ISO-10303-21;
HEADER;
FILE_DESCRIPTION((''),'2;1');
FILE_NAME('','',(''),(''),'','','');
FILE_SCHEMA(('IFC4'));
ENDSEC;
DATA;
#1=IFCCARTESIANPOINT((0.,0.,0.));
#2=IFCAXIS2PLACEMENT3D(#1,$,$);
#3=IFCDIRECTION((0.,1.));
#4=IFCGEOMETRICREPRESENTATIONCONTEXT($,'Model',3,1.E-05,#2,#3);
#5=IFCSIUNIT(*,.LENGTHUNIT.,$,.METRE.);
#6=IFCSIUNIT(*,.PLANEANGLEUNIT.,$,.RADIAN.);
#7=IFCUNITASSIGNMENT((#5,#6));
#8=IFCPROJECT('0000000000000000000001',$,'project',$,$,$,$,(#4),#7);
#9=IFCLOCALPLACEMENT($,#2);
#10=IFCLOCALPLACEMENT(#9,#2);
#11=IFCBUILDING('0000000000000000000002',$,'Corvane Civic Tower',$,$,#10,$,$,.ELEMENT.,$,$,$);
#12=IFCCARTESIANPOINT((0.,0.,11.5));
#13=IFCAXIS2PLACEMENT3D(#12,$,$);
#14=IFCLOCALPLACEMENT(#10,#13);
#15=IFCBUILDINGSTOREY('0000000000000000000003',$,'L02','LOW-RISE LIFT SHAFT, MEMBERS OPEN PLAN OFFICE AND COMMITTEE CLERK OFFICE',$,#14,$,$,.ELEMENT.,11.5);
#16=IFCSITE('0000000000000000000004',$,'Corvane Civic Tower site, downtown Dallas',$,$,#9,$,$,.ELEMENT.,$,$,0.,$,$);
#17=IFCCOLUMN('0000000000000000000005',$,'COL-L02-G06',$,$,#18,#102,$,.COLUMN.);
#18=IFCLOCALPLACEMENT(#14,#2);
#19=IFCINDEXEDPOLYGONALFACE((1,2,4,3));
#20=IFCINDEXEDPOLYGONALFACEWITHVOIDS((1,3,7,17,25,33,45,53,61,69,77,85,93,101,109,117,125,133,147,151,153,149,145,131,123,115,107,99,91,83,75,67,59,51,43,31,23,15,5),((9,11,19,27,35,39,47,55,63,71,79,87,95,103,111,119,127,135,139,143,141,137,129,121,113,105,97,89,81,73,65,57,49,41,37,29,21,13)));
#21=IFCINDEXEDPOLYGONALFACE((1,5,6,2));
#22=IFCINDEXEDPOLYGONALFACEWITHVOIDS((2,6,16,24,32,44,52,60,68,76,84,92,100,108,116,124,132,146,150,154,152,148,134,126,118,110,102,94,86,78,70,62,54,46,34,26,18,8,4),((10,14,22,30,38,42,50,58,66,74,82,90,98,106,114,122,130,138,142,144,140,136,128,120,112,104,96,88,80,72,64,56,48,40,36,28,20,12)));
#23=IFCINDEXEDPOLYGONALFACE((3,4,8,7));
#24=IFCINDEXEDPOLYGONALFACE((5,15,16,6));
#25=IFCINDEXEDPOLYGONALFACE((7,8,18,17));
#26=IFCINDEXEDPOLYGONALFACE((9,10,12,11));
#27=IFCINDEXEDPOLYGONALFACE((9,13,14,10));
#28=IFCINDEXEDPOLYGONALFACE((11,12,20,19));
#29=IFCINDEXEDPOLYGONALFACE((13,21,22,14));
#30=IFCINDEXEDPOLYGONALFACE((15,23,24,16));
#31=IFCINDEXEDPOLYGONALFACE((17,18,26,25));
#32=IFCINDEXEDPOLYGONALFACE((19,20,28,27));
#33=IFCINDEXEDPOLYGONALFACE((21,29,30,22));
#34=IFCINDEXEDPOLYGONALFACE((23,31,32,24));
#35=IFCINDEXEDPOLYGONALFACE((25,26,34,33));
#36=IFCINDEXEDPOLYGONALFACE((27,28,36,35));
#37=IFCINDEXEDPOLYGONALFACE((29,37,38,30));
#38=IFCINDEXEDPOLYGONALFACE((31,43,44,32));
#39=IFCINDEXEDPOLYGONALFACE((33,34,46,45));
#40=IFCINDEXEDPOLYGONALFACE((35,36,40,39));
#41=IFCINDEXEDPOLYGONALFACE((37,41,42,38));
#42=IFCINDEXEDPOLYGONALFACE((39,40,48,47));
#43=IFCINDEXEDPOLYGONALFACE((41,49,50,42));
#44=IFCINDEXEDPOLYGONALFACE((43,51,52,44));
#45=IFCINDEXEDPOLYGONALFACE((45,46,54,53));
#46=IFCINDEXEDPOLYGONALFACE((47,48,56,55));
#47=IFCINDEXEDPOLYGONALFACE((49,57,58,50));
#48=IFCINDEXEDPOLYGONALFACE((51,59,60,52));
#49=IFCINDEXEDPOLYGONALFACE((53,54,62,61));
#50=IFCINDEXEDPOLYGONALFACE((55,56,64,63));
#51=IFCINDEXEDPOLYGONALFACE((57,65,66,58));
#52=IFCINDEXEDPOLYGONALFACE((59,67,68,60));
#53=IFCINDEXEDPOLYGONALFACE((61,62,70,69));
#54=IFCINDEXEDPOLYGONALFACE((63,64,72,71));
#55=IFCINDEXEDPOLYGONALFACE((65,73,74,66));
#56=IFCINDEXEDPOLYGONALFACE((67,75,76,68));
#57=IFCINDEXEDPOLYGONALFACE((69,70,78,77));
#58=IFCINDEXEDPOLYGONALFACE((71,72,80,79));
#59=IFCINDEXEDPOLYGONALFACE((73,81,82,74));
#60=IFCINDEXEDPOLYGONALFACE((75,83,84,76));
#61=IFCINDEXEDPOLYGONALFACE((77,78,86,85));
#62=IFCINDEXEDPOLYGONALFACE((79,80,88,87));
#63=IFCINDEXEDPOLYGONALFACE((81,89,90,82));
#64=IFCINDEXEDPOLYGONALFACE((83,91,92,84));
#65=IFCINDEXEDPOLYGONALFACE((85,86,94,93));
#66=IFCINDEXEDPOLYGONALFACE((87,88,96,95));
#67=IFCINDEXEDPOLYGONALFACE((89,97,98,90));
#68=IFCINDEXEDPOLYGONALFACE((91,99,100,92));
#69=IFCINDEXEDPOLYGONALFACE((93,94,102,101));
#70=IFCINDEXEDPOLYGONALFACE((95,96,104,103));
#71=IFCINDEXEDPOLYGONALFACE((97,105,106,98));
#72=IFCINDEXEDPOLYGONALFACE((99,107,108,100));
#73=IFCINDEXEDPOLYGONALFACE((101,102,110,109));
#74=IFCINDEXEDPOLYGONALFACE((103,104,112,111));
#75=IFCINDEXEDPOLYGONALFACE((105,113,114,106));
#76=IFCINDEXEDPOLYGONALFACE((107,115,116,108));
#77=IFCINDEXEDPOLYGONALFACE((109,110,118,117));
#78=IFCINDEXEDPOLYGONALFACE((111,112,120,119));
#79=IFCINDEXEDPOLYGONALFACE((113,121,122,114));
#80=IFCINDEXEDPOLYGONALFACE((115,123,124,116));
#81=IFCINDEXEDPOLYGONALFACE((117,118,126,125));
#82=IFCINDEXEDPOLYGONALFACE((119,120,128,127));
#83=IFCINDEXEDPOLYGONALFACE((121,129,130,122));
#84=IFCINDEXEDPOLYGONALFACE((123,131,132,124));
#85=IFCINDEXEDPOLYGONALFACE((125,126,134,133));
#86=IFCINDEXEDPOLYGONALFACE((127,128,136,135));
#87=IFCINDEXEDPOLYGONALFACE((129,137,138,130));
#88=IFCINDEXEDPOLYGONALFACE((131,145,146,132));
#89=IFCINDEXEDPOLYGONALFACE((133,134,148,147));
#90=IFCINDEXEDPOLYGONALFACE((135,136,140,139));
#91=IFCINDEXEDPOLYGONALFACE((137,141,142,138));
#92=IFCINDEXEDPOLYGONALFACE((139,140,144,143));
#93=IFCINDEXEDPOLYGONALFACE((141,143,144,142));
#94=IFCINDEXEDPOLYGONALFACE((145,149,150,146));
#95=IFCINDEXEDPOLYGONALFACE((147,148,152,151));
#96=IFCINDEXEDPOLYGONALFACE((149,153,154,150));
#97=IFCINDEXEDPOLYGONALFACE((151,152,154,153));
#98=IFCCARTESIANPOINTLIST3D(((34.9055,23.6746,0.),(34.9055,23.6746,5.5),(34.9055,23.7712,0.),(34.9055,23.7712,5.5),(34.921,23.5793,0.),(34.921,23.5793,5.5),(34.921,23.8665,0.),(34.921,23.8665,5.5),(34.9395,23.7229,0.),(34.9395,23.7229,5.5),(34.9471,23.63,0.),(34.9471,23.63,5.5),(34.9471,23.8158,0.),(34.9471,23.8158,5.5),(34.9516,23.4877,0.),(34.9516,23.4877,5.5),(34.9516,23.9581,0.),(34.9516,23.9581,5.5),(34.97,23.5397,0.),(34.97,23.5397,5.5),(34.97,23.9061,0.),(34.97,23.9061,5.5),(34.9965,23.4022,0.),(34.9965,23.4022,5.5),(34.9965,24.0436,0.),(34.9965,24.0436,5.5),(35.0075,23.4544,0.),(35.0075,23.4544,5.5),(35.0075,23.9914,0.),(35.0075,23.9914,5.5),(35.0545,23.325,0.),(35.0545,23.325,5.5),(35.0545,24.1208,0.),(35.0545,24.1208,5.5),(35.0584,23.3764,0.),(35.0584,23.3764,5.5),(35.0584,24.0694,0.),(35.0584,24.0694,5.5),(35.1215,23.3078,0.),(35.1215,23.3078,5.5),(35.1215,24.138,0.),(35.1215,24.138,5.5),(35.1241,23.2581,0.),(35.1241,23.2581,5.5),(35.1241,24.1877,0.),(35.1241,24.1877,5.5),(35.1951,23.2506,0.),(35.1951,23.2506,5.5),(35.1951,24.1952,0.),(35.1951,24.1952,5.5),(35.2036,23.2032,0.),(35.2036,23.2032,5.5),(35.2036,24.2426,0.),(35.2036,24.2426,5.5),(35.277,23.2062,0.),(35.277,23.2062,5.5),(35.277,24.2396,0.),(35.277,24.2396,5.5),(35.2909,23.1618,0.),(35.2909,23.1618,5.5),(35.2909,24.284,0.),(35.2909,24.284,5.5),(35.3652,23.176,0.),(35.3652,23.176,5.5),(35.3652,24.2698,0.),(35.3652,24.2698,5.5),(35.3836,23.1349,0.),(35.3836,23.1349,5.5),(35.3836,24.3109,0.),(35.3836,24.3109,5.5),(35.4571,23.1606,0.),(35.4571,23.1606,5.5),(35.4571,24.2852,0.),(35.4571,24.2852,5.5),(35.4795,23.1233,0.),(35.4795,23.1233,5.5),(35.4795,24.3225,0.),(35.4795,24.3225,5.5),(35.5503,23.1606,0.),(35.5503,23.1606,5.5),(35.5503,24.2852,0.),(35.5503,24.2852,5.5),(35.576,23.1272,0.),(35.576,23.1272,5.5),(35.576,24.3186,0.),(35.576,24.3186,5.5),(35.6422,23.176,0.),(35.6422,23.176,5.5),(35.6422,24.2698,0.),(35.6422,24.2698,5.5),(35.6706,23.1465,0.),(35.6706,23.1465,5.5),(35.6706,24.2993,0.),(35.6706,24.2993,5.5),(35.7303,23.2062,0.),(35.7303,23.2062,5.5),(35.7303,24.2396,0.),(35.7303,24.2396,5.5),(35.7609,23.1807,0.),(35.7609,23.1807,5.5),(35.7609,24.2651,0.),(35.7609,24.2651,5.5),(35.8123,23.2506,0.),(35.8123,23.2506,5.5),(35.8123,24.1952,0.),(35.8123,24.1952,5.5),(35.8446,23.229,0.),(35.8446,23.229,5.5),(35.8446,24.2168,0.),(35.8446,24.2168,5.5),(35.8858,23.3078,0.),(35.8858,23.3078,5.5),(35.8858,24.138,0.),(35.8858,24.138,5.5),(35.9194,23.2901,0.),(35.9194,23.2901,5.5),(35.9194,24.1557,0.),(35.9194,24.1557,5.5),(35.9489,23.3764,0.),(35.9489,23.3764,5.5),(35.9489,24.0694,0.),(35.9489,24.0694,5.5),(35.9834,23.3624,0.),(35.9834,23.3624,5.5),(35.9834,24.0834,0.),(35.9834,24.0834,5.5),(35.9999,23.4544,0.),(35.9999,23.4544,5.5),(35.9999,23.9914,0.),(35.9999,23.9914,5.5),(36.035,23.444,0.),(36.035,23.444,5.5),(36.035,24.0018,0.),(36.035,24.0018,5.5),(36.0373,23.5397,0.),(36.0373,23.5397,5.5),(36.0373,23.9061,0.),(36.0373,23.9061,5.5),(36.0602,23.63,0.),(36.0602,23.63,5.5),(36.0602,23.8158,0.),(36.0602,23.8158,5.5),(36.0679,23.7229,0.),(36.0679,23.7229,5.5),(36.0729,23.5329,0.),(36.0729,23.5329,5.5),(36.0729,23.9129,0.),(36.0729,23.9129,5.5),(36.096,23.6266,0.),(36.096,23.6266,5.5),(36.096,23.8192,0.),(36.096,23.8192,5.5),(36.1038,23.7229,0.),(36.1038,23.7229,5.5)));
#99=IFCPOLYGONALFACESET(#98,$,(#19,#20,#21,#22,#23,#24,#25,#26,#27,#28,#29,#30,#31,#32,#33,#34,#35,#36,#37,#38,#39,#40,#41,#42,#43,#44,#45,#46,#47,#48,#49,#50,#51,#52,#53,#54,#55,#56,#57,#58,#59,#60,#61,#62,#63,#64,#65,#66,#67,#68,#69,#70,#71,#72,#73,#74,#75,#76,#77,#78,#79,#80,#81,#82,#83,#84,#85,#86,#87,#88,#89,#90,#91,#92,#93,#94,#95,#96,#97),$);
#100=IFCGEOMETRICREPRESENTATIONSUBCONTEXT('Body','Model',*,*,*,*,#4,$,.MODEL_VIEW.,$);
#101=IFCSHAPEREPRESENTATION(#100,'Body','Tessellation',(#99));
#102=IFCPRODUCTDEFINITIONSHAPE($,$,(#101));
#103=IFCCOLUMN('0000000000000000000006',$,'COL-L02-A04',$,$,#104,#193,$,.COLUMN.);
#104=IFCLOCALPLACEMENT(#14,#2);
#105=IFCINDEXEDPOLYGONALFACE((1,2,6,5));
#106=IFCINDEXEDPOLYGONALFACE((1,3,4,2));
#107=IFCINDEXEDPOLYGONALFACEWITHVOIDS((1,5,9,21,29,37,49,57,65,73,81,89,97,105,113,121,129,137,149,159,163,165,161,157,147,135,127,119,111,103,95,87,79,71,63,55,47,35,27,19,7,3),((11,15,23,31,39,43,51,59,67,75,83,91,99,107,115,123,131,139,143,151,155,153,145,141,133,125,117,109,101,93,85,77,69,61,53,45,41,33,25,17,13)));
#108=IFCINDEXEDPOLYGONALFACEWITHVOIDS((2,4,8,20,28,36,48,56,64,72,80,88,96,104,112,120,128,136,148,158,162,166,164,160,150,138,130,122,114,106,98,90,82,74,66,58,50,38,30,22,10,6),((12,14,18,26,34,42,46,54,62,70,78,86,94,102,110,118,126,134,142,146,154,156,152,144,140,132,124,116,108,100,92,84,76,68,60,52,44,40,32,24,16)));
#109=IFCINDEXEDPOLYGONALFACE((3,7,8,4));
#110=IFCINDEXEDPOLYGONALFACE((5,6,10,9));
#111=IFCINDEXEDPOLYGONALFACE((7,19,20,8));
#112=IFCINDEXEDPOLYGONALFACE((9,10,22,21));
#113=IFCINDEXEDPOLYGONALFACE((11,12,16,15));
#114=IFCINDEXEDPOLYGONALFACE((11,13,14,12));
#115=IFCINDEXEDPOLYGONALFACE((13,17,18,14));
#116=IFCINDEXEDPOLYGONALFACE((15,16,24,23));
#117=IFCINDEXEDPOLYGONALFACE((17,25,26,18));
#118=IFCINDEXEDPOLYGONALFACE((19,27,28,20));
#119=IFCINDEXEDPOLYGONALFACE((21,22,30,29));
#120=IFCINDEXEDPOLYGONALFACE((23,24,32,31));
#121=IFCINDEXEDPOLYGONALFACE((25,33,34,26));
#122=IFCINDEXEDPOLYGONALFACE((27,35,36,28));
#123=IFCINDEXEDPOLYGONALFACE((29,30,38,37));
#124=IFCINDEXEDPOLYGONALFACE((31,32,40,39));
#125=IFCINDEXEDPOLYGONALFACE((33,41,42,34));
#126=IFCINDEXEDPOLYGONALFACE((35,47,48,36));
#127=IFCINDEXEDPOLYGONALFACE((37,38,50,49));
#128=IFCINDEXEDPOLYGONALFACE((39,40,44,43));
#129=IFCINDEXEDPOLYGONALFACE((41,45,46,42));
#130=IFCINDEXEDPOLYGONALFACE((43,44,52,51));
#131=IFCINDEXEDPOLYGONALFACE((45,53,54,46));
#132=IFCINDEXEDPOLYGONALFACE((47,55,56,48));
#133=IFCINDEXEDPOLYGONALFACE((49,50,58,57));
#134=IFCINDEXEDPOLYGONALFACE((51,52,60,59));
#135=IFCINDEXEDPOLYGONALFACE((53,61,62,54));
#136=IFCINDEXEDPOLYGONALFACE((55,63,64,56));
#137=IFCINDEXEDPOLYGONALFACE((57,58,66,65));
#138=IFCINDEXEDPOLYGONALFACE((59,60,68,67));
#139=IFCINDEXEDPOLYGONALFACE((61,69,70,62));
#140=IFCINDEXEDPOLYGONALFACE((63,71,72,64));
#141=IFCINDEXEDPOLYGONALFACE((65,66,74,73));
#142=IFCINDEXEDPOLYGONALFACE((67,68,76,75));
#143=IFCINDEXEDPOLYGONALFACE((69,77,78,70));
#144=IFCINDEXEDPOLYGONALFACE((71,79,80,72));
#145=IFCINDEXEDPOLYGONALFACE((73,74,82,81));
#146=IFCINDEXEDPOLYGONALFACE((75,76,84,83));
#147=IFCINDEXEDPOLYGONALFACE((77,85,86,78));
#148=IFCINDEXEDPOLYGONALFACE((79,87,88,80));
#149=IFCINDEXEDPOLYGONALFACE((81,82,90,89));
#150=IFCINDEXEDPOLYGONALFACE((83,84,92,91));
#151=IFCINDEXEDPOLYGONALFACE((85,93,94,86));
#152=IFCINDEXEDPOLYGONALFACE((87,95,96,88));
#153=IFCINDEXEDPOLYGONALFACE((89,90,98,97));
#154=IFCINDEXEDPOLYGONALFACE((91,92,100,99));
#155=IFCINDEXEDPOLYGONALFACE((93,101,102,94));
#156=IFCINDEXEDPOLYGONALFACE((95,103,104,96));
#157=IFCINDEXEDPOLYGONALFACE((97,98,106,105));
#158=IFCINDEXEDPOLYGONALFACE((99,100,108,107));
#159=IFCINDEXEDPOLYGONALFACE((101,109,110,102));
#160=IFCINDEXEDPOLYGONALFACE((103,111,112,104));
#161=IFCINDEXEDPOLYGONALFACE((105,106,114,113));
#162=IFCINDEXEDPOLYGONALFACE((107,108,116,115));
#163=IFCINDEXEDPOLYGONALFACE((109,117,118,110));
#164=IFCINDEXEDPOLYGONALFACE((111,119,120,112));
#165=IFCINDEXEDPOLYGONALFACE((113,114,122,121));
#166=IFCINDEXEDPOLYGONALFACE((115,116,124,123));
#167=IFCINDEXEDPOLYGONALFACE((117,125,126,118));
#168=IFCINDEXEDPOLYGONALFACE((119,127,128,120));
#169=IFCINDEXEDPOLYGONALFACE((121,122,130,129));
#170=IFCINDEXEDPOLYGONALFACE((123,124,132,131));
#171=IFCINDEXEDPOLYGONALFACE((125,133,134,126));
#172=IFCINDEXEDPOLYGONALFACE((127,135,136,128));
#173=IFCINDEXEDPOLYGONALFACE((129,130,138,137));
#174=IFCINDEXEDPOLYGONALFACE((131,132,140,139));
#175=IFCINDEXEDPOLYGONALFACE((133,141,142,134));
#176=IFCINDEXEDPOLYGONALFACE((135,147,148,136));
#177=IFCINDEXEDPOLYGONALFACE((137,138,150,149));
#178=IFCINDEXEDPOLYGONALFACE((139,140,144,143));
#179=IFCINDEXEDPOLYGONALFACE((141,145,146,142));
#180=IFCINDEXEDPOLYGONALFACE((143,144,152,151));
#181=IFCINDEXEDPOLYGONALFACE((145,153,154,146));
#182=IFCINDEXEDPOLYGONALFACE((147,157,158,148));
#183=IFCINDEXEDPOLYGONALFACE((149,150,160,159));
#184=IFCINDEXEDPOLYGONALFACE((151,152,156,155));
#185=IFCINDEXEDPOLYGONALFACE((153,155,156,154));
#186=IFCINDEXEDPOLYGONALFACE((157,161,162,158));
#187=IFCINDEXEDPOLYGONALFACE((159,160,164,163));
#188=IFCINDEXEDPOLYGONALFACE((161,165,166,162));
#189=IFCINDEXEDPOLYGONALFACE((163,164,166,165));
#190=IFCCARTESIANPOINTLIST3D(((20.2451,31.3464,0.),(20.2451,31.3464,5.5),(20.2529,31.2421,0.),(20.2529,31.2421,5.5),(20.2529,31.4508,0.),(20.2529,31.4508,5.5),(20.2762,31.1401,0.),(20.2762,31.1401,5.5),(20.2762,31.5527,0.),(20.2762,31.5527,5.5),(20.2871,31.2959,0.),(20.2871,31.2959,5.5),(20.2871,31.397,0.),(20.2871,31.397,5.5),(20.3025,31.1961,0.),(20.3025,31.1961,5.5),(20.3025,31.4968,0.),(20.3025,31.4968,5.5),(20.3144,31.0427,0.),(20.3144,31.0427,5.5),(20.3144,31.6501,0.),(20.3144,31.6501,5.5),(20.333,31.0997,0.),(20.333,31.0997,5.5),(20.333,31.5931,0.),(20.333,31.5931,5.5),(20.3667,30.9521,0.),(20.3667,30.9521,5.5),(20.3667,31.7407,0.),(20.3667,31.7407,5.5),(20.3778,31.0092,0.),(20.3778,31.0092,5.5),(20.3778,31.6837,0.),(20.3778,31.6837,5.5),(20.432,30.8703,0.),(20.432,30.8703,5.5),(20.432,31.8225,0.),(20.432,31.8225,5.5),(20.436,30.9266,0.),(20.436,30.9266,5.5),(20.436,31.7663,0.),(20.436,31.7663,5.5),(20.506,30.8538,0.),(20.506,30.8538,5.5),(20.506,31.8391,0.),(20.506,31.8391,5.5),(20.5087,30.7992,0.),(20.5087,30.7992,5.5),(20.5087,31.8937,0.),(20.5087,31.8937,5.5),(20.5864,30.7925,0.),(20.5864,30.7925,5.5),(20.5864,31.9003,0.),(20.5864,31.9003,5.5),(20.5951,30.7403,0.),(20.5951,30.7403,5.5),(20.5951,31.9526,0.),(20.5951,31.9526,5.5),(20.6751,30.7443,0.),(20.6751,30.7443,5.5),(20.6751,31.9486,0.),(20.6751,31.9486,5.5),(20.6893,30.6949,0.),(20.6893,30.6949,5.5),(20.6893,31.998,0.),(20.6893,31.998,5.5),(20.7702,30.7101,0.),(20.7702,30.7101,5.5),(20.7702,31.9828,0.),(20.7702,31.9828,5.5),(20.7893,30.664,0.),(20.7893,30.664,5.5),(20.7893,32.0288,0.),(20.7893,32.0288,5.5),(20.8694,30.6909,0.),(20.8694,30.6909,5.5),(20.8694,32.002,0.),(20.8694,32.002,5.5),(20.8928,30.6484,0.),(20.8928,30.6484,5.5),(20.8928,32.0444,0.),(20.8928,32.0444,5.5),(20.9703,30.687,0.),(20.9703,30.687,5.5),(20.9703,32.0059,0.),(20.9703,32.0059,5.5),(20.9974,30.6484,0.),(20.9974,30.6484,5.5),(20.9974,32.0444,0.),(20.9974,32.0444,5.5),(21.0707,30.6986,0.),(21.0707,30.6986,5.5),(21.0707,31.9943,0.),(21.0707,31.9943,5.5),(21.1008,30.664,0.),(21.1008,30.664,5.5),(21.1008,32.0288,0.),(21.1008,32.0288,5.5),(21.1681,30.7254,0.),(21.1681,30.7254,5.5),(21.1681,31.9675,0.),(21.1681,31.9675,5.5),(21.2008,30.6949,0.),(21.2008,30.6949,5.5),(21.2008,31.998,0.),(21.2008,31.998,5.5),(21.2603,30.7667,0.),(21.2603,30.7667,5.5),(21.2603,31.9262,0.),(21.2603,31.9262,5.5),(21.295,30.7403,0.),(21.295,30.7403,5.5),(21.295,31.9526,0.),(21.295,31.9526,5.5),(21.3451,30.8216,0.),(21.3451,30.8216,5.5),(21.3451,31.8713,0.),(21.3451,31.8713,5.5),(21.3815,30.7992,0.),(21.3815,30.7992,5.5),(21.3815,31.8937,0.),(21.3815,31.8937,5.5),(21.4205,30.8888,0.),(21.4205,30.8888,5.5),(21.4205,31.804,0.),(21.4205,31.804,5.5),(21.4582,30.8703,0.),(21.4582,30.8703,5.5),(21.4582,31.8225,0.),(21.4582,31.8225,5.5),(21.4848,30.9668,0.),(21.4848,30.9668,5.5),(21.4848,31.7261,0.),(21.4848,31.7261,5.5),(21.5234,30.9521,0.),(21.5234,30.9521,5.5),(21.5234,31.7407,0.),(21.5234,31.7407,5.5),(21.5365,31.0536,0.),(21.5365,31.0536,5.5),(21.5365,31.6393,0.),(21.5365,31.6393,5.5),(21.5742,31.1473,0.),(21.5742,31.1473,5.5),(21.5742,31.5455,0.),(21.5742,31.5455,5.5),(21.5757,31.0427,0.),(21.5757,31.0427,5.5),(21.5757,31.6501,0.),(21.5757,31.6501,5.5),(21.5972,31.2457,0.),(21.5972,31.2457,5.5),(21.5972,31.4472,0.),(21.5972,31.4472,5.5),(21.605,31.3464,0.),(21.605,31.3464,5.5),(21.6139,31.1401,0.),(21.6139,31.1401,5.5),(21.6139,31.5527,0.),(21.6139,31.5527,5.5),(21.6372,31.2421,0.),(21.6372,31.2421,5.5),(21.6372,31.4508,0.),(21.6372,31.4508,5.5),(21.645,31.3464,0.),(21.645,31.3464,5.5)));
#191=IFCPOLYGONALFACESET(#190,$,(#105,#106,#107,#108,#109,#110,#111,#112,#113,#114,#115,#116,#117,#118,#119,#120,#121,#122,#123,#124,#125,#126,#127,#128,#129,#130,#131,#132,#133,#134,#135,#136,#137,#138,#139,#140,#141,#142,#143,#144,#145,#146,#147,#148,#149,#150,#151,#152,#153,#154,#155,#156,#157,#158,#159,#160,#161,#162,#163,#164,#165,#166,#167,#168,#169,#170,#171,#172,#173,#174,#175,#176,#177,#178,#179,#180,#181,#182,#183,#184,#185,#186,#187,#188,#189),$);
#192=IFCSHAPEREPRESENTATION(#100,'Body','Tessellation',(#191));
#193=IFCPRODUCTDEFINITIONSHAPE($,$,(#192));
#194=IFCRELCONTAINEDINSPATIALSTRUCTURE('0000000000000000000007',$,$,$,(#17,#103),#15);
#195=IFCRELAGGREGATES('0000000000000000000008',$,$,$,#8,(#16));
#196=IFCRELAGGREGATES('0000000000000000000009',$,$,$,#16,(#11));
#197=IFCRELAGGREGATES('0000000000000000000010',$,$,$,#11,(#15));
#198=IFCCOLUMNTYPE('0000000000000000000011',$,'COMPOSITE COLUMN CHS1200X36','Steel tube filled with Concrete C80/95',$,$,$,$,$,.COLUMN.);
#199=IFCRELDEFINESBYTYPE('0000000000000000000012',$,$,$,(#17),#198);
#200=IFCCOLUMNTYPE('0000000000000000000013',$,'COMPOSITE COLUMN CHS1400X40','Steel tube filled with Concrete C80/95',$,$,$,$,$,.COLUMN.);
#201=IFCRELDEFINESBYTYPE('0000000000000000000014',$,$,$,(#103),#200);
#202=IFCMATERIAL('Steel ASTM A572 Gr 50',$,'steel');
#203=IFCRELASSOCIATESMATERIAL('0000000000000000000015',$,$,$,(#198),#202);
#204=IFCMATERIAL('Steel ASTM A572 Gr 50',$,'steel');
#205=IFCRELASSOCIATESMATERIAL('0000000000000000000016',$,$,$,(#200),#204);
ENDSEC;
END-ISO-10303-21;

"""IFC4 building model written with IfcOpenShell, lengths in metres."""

from ifc_helpers import new_model, si_unit, direction, frame, origin, origin_2d, place, context, subcontext, project, spatial, hollow_circle, extrude, material, material_profile, profile_set, type_object, element, save


model = new_model("IFC4")

# Units and contexts
model_context = context("Model", 3, precision=1e-05, world=origin(), true_north=direction((0.0, 1.0)))
body_context = subcontext(model_context, "Body", "Model", "MODEL_VIEW")
ifc_project = project(units=[si_unit("LENGTHUNIT", "METRE"), si_unit("PLANEANGLEUNIT", "RADIAN")], contexts=[model_context])

# Site, building, storey
site_placement = place(None, origin())
site = spatial("IfcSite", under=ifc_project, at=site_placement, Name="Corvane Civic Tower site, downtown Dallas", CompositionType="ELEMENT", RefElevation=0.0)
building_placement = place(site_placement, origin())
building = spatial("IfcBuilding", under=site, at=building_placement, Name="Corvane Civic Tower", CompositionType="ELEMENT")
storey_placement = place(building_placement, frame((0.0, 0.0, 11.5)))
storey = spatial("IfcBuildingStorey", under=building, at=storey_placement, Name="L02", Description="LOW-RISE LIFT SHAFT, MEMBERS OPEN PLAN OFFICE AND COMMITTEE CLERK OFFICE", CompositionType="ELEMENT", Elevation=11.5)

# Columns
ifc_material_1 = material(Name="Steel ASTM A572 Gr 50", Category="steel")
ifc_material_profile_1 = material_profile(ifc_material_1, hollow_circle(Radius=0.6001, WallThickness=0.0359, at=origin_2d()), Name="CHS1200X36")
ifc_profile_set_1 = profile_set([ifc_material_profile_1], Name="Steel ASTM A572 Gr 50")
column_type_1 = type_object("IfcColumnType", Name="COMPOSITE COLUMN CHS1200X36", Description="Steel tube filled with Concrete C80/95", PredefinedType="COLUMN", material=ifc_profile_set_1)
for number, where, z_axis, x_axis, name in (
    (1, (35.5037, 23.7229, 0.0), (0.0, 0.0, 1.0), (1.0, 0.0, 0.0), "COL-L02-G06"),
):
    element("IfcColumn", number, at=place(storey_placement, frame(where, z_axis=z_axis, x_axis=x_axis)), inside=storey, type_object=column_type_1, Name=name, PredefinedType="COLUMN", context=body_context, shape_type="SweptSolid", body=[
        extrude(hollow_circle(Radius=0.6001, WallThickness=0.0359, at=origin_2d()), origin(), (0.0, 0.0, 1.0), 5.5),
    ])
ifc_material_2 = material(Name="Steel ASTM A572 Gr 50", Category="steel")
ifc_material_profile_2 = material_profile(ifc_material_2, hollow_circle(Radius=0.7, WallThickness=0.04, at=origin_2d()), Name="CHS1400X40")
ifc_profile_set_2 = profile_set([ifc_material_profile_2], Name="Steel ASTM A572 Gr 50")
column_type_2 = type_object("IfcColumnType", Name="COMPOSITE COLUMN CHS1400X40", Description="Steel tube filled with Concrete C80/95", PredefinedType="COLUMN", material=ifc_profile_set_2)
for number, where, z_axis, x_axis, name in (
    (2, (20.9451, 31.3464, 0.0), (0.0, 0.0, 1.0), (1.0, 0.0, 0.0), "COL-L02-A04"),
):
    element("IfcColumn", number, at=place(storey_placement, frame(where, z_axis=z_axis, x_axis=x_axis)), inside=storey, type_object=column_type_2, Name=name, PredefinedType="COLUMN", context=body_context, shape_type="SweptSolid", body=[
        extrude(hollow_circle(Radius=0.7, WallThickness=0.04, at=origin_2d()), origin(), (0.0, 0.0, 1.0), 5.5),
    ])

save(model, "model.ifc")
